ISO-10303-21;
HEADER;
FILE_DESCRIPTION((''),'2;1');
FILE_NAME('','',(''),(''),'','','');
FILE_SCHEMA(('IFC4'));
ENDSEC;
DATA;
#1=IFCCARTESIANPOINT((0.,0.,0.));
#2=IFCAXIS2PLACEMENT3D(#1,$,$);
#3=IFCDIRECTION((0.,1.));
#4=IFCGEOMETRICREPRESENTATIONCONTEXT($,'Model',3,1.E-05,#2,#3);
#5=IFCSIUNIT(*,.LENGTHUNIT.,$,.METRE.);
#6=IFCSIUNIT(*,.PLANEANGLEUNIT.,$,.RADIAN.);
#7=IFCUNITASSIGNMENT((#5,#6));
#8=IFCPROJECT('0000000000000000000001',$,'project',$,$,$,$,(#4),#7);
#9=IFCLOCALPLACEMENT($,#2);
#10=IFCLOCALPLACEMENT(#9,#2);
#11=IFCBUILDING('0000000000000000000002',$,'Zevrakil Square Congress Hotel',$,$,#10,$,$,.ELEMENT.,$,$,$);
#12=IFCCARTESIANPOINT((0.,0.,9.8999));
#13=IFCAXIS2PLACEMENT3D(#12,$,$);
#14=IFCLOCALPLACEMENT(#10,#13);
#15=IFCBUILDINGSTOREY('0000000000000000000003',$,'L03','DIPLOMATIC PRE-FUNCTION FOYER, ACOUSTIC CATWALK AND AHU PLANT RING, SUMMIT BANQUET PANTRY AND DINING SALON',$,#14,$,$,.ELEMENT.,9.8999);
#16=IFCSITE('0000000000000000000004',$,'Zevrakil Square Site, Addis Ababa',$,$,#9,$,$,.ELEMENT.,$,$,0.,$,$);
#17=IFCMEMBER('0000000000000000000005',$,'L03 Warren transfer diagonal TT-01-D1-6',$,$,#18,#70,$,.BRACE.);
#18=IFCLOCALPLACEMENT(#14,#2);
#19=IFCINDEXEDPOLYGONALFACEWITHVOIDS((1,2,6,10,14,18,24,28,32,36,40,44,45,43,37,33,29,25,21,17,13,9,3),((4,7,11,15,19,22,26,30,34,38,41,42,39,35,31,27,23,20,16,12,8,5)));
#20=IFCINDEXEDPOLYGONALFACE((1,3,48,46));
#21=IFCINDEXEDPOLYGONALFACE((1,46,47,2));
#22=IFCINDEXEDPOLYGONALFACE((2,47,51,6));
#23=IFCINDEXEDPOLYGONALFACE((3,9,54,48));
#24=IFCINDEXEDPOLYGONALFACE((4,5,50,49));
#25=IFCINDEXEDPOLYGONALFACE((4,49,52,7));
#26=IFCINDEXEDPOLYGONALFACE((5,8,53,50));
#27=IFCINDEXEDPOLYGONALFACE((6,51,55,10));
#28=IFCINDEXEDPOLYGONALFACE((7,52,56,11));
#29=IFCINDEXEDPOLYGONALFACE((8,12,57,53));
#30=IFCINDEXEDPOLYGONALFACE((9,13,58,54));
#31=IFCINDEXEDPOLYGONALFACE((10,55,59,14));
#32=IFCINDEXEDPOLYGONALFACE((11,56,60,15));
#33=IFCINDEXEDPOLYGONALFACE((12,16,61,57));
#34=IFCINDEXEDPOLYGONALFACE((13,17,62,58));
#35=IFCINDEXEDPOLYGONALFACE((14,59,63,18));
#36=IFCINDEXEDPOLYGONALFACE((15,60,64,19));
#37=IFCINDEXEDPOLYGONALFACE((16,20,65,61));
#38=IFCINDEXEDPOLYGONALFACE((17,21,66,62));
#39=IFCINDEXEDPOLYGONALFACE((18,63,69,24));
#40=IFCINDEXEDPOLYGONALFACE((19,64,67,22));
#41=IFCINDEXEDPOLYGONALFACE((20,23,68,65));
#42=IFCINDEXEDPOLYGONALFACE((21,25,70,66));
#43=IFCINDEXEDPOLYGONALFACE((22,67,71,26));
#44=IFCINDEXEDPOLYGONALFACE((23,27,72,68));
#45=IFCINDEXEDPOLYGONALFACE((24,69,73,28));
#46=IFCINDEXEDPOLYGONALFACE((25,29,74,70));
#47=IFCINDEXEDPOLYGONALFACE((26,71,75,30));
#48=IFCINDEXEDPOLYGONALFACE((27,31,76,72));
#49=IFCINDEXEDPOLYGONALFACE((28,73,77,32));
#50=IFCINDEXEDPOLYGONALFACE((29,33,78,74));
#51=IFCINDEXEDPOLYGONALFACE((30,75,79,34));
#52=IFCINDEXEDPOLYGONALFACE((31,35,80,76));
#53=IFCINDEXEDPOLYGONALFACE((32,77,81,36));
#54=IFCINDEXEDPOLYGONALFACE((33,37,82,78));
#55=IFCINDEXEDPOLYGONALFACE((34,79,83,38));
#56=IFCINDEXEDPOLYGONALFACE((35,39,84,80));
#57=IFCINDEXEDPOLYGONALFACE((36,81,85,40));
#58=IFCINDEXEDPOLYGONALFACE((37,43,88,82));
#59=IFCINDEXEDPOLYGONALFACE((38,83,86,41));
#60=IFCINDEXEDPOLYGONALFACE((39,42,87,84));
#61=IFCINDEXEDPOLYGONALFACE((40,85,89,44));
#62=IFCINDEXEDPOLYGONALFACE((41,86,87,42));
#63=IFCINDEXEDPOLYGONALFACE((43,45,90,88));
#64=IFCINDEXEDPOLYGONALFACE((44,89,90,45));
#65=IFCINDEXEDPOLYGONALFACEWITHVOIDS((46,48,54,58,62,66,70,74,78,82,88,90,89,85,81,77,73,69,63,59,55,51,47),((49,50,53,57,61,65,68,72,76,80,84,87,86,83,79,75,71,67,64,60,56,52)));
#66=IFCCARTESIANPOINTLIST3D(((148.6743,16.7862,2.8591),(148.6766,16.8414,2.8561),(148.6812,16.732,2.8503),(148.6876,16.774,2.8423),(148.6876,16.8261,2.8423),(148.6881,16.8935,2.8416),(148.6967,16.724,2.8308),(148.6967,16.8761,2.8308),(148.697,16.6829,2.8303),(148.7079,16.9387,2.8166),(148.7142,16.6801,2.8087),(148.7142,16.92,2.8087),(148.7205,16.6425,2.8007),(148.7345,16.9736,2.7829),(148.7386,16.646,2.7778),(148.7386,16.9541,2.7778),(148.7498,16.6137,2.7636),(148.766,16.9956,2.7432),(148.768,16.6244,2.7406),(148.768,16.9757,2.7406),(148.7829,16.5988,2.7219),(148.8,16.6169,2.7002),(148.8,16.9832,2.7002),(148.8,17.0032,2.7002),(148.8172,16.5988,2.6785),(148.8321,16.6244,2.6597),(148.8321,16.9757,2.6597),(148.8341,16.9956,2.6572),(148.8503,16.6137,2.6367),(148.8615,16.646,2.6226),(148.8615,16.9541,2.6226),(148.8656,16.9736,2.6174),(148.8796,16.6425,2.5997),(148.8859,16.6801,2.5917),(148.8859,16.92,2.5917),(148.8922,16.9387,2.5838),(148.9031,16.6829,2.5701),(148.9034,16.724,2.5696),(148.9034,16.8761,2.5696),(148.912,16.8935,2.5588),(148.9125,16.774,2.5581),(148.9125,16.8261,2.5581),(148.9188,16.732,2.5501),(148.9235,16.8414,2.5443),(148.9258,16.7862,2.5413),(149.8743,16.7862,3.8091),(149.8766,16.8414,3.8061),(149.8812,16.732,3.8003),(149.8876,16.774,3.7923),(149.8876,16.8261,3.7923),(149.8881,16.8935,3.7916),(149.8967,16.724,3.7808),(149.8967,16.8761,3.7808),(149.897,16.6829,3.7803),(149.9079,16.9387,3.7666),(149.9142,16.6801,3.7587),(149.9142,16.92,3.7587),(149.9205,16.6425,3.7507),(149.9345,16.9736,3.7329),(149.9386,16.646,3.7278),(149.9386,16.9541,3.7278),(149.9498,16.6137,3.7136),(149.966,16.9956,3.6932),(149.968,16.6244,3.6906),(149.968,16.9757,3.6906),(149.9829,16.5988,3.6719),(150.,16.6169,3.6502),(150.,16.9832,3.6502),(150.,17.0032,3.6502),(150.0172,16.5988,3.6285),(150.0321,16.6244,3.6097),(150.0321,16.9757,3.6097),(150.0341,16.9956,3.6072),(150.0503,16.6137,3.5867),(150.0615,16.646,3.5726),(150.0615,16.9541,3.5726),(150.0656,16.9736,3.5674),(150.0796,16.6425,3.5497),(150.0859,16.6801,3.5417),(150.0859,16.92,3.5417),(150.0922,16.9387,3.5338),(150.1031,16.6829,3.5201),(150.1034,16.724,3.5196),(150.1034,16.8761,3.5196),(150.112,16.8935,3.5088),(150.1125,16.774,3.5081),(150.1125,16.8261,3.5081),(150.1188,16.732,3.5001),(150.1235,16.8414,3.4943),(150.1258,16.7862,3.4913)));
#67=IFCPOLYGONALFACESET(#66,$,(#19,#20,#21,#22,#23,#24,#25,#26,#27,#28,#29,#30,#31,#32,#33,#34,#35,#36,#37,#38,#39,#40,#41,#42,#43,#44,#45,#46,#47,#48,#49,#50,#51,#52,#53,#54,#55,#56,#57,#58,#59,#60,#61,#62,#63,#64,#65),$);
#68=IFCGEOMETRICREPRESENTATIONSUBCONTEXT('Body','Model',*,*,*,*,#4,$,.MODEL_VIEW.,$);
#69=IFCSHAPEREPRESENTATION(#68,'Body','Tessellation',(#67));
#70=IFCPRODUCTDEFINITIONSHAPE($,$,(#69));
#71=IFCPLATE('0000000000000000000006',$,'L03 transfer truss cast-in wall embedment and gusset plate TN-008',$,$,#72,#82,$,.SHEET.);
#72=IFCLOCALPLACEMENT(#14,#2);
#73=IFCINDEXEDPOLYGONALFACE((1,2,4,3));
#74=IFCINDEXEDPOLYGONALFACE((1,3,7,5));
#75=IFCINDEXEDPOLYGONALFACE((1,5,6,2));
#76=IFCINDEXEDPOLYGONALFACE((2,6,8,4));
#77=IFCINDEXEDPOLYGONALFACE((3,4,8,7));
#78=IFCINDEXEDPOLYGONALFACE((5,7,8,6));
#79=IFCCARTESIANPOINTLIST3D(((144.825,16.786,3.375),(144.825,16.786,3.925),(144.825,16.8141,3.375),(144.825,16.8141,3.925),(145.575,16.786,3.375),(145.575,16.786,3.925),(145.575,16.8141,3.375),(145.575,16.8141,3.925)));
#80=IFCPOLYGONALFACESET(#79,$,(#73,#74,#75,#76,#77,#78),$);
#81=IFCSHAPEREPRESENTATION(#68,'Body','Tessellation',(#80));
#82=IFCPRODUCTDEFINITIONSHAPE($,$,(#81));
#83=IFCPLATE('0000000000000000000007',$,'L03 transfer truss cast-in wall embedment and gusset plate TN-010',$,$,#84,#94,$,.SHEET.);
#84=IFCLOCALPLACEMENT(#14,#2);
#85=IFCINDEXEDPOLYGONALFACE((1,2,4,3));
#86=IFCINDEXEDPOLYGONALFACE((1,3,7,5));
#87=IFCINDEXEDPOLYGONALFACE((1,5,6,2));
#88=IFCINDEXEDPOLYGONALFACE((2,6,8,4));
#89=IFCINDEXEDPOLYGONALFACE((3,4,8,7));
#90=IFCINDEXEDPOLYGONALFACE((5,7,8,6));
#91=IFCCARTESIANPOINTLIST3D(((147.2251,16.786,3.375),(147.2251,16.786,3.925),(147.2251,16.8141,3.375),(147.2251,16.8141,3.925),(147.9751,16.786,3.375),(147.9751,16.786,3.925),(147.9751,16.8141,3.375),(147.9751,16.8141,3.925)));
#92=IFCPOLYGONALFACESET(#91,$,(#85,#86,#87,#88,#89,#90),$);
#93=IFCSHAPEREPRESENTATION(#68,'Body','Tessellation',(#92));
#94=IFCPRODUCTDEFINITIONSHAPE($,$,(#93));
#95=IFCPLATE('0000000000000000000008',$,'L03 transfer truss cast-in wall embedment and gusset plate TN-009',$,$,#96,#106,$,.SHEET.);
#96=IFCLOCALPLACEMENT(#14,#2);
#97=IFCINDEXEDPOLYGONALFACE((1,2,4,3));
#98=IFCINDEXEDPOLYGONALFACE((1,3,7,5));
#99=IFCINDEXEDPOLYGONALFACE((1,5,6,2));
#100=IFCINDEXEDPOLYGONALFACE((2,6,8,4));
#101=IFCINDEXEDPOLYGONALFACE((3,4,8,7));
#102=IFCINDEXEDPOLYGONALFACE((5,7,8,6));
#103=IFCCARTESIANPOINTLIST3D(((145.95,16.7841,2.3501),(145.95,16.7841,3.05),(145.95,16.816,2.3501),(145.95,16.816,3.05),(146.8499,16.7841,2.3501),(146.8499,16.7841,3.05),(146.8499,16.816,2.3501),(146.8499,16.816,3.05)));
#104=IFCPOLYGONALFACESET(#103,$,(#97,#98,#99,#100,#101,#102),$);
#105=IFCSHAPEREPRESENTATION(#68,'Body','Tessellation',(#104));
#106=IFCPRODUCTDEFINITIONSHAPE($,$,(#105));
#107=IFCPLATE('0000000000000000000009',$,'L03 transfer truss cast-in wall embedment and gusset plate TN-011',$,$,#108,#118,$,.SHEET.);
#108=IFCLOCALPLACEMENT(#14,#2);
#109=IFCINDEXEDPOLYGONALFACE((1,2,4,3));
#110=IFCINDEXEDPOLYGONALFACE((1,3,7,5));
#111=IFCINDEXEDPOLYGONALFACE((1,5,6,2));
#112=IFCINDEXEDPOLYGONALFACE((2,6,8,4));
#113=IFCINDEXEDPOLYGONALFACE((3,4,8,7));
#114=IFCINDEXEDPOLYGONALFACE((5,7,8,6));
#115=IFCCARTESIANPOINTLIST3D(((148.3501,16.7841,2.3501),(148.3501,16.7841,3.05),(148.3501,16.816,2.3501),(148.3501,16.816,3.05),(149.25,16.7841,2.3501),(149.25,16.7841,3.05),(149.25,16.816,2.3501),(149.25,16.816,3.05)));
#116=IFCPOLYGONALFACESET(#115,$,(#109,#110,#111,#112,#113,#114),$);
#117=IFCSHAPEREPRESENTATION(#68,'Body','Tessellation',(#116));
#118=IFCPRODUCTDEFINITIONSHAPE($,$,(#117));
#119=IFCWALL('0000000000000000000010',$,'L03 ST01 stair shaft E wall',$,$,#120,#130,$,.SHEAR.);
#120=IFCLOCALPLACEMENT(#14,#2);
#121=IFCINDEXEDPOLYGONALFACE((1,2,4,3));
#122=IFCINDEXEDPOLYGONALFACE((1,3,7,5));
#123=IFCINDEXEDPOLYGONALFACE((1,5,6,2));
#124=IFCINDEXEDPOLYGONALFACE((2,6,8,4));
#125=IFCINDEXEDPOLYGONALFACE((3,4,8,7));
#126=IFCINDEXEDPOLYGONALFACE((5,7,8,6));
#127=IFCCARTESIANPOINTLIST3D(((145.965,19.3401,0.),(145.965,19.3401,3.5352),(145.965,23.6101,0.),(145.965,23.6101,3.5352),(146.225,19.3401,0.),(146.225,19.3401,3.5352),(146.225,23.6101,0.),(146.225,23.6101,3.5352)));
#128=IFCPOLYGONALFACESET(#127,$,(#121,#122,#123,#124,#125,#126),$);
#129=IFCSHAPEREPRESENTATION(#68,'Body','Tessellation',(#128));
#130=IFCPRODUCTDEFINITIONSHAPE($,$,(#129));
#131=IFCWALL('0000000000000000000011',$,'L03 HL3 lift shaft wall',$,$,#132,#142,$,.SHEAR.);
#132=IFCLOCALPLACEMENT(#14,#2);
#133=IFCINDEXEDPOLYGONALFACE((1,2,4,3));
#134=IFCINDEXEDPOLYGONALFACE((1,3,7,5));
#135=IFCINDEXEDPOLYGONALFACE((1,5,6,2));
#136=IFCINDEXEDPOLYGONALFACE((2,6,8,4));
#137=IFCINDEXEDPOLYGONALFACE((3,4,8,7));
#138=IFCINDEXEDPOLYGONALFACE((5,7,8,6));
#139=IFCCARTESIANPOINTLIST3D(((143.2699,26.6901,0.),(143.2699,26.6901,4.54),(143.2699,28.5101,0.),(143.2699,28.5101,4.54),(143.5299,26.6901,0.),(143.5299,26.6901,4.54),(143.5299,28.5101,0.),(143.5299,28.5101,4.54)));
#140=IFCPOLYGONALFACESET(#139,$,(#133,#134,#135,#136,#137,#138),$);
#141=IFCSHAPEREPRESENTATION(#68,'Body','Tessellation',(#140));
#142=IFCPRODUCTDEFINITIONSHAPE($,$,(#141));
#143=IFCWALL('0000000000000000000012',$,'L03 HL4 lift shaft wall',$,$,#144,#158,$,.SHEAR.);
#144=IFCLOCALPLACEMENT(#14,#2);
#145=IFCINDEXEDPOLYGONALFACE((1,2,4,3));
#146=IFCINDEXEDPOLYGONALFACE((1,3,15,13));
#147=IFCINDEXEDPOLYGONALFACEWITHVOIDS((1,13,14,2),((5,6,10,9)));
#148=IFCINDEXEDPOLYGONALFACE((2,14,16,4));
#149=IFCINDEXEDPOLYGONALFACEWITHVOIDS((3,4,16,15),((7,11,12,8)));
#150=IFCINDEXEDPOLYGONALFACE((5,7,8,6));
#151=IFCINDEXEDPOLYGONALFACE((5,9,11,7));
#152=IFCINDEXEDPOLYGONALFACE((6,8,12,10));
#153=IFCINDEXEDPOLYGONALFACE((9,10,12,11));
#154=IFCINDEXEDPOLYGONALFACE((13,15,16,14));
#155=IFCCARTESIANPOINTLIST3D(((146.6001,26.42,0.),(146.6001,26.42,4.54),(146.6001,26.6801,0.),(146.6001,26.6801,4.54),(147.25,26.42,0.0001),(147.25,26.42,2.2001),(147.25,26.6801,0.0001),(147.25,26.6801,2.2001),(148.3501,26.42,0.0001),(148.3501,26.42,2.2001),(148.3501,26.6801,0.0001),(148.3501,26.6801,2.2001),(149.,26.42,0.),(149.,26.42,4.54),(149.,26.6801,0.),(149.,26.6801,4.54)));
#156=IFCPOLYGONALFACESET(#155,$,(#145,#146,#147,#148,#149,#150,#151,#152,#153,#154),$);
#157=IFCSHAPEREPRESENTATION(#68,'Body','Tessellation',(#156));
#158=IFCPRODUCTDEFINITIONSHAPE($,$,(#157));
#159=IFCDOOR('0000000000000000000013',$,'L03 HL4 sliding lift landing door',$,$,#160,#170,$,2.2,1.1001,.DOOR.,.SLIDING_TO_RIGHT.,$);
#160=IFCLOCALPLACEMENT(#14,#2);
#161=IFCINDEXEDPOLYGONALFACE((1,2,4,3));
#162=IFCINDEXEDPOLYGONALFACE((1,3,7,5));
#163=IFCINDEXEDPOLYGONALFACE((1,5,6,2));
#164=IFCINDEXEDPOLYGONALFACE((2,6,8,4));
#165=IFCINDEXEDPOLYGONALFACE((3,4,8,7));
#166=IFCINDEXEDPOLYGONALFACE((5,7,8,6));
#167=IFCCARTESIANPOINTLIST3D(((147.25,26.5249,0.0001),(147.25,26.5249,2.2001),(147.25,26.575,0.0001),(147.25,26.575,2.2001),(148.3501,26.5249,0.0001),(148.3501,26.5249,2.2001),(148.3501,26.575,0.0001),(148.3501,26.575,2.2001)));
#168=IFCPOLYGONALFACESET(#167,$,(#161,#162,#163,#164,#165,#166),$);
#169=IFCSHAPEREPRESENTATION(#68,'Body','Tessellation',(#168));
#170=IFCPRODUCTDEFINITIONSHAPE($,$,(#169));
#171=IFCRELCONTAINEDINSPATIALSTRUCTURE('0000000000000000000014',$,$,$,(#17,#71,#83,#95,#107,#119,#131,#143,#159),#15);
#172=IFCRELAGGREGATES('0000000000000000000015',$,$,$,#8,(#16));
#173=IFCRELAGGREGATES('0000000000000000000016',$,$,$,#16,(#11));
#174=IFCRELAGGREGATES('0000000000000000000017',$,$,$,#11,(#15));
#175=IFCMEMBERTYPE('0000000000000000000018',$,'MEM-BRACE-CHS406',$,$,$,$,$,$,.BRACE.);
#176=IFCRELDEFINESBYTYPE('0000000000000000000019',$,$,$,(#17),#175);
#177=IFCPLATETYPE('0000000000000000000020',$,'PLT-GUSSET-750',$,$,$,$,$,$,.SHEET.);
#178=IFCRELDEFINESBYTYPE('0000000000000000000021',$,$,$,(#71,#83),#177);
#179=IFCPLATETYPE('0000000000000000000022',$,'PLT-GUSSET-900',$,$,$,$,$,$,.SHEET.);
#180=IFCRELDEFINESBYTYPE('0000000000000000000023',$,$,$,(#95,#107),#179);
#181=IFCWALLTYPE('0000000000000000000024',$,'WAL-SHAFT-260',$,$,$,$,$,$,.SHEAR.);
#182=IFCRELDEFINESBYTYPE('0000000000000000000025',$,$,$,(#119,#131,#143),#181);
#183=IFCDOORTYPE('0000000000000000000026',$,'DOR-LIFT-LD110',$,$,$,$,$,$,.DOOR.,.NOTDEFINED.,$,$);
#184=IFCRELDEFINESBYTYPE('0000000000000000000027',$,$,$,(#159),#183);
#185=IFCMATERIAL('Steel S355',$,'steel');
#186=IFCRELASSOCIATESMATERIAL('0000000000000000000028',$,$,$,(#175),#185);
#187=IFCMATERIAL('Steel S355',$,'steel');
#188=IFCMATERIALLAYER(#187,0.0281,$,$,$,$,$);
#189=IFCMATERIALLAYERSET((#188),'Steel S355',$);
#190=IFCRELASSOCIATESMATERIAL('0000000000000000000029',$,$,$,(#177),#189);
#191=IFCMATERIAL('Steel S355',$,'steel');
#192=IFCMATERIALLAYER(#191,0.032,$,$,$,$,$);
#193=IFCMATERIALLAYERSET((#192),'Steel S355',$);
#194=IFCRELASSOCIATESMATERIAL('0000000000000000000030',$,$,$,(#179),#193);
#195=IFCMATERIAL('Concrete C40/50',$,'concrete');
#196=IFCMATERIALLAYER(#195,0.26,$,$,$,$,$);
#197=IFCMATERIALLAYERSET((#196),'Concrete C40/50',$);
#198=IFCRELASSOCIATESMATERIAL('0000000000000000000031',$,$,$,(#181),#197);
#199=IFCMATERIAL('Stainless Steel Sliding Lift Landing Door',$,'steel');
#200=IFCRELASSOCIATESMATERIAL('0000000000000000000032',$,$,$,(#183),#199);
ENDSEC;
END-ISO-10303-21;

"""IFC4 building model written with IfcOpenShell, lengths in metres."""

from ifc_helpers import new_model, si_unit, direction, frame, frame_2d, origin, origin_2d, place, context, subcontext, project, spatial, rectangle, hollow_circle, extrude, material, layer, layer_set, material_profile, profile_set, type_object, element, fill, save


model = new_model("IFC4")

# Units and contexts
model_context = context("Model", 3, precision=1e-05, world=origin(), true_north=direction((0.0, 1.0)))
body_context = subcontext(model_context, "Body", "Model", "MODEL_VIEW")
ifc_project = project(units=[si_unit("LENGTHUNIT", "METRE"), si_unit("PLANEANGLEUNIT", "RADIAN")], contexts=[model_context])

# Site, building, storey
site_placement = place(None, origin())
site = spatial("IfcSite", under=ifc_project, at=site_placement, Name="Zevrakil Square Site, Addis Ababa", CompositionType="ELEMENT", RefElevation=0.0)
building_placement = place(site_placement, origin())
building = spatial("IfcBuilding", under=site, at=building_placement, Name="Zevrakil Square Congress Hotel", CompositionType="ELEMENT")
storey_placement = place(building_placement, frame((0.0, 0.0, 9.8999)))
storey = spatial("IfcBuildingStorey", under=building, at=storey_placement, Name="L03", Description="DIPLOMATIC PRE-FUNCTION FOYER, ACOUSTIC CATWALK AND AHU PLANT RING, SUMMIT BANQUET PANTRY AND DINING SALON", CompositionType="ELEMENT", Elevation=9.8999)

# Member
ifc_material_1 = material(Name="Steel S355", Category="steel")
ifc_material_profile_1 = material_profile(ifc_material_1, hollow_circle(Radius=0.2031, WallThickness=0.02, at=origin_2d()), Name="CHS 406.4x20")
ifc_profile_set_1 = profile_set([ifc_material_profile_1], Name="Steel S355")
member_type = type_object("IfcMemberType", Name="MEM-BRACE-CHS406", PredefinedType="BRACE", material=ifc_profile_set_1)
for number, where, z_axis, x_axis, name in (
    (1, (148.8, 16.8, 2.7002), (0.784049, 0.0, 0.620699), (0.0, 1.0, 0.0), "L03 Warren transfer diagonal TT-01-D1-6"),
):
    element("IfcMember", number, at=place(storey_placement, frame(where, z_axis=z_axis, x_axis=x_axis)), inside=storey, type_object=member_type, Name=name, PredefinedType="BRACE", context=body_context, shape_type="SweptSolid", body=[
        extrude(hollow_circle(Radius=0.2031, WallThickness=0.02, at=origin_2d()), origin(), (0.0, 0.0, 1.0), 1.5305),
    ])

# Plates
ifc_material_2 = material(Name="Steel S355", Category="steel")
ifc_layer_1 = layer(ifc_material_2, 0.0281)
ifc_layer_set_1 = layer_set([ifc_layer_1], Name="Steel S355")
plate_type_1 = type_object("IfcPlateType", Name="PLT-GUSSET-750", PredefinedType="SHEET", material=ifc_layer_set_1)
for number, where, z_axis, x_axis, name in (
    (2, (145.2, 16.8, 3.375), (0.0, 0.0, 1.0), (1.0, 0.0, 0.0), "L03 transfer truss cast-in wall embedment and gusset plate TN-008"),
    (3, (147.6001, 16.8, 3.375), (0.0, 0.0, 1.0), (1.0, 0.0, 0.0), "L03 transfer truss cast-in wall embedment and gusset plate TN-010"),
):
    element("IfcPlate", number, at=place(storey_placement, frame(where, z_axis=z_axis, x_axis=x_axis)), inside=storey, type_object=plate_type_1, Name=name, PredefinedType="SHEET", context=body_context, shape_type="SweptSolid", body=[
        extrude(rectangle(XDim=0.75, YDim=0.0281, at=origin_2d()), origin(), (0.0, 0.0, 1.0), 0.55),
    ])
ifc_material_3 = material(Name="Steel S355", Category="steel")
ifc_layer_2 = layer(ifc_material_3, 0.032)
ifc_layer_set_2 = layer_set([ifc_layer_2], Name="Steel S355")
plate_type_2 = type_object("IfcPlateType", Name="PLT-GUSSET-900", PredefinedType="SHEET", material=ifc_layer_set_2)
for number, where, z_axis, x_axis, name in (
    (4, (146.3999, 16.8, 2.3501), (0.0, 0.0, 1.0), (1.0, 0.0, 0.0), "L03 transfer truss cast-in wall embedment and gusset plate TN-009"),
    (5, (148.8, 16.8, 2.3501), (0.0, 0.0, 1.0), (1.0, 0.0, 0.0), "L03 transfer truss cast-in wall embedment and gusset plate TN-011"),
):
    element("IfcPlate", number, at=place(storey_placement, frame(where, z_axis=z_axis, x_axis=x_axis)), inside=storey, type_object=plate_type_2, Name=name, PredefinedType="SHEET", context=body_context, shape_type="SweptSolid", body=[
        extrude(rectangle(XDim=0.8999, YDim=0.032, at=origin_2d()), origin(), (0.0, 0.0, 1.0), 0.7),
    ])

# Walls
ifc_material_4 = material(Name="Concrete C40/50", Category="concrete")
ifc_layer_3 = layer(ifc_material_4, 0.26)
ifc_layer_set_3 = layer_set([ifc_layer_3], Name="Concrete C40/50")
wall_type = type_object("IfcWallType", Name="WAL-SHAFT-260", PredefinedType="SHEAR", material=ifc_layer_set_3)
wall_1_placement = place(storey_placement, frame((146.095, 19.3401, 0.0), z_axis=(0.0, 0.0, 1.0), x_axis=(0.0, 1.0, 0.0)))
element("IfcWall", 6, at=wall_1_placement, inside=storey, type_object=wall_type, Name="L03 ST01 stair shaft E wall", PredefinedType="SHEAR", context=body_context, shape_type="SweptSolid", body=[
    extrude(rectangle(XDim=4.27, YDim=0.26, at=frame_2d((2.135, 0.0))), origin(), (0.0, 0.0, 1.0), 3.5352),
])
wall_2_placement = place(storey_placement, frame((143.3999, 26.6899, 0.0), z_axis=(0.0, 0.0, 1.0), x_axis=(0.0, 1.0, 0.0)))
element("IfcWall", 7, at=wall_2_placement, inside=storey, type_object=wall_type, Name="L03 HL3 lift shaft wall", PredefinedType="SHEAR", context=body_context, shape_type="SweptSolid", body=[
    extrude(rectangle(XDim=1.8201, YDim=0.26, at=frame_2d((0.9102, 0.0))), origin(), (0.0, 0.0, 1.0), 4.54),
])

# Wall, opening, door
wall_3_placement = place(storey_placement, frame((146.6001, 26.55, 0.0), z_axis=(0.0, 0.0, 1.0), x_axis=(1.0, 0.0, 0.0)))
wall_3 = element("IfcWall", 8, at=wall_3_placement, inside=storey, type_object=wall_type, Name="L03 HL4 lift shaft wall", PredefinedType="SHEAR", context=body_context, shape_type="SweptSolid", body=[
    extrude(rectangle(XDim=2.3999, YDim=0.26, at=frame_2d((1.2, 0.0))), origin(), (0.0, 0.0, 1.0), 4.54),
])
opening_1_placement = place(wall_3_placement, frame((0.6499, 0.0, 0.0)))
opening_1 = element("IfcOpeningElement", 9, at=opening_1_placement, cuts=wall_3, PredefinedType="OPENING", context=body_context, shape_type="SweptSolid", body=[
    extrude(rectangle(XDim=1.1001, YDim=2.2, at=frame_2d((0.55, 1.1001))), frame((0.0, 0.1401, 0.0), z_axis=(0.0, -1.0, 0.0), x_axis=(1.0, 0.0, 0.0)), (0.0, 0.0, 1.0), 0.28),
])
ifc_material_5 = material(Name="Stainless Steel Sliding Lift Landing Door", Category="steel")
door_type_1 = type_object("IfcDoorType", Name="DOR-LIFT-LD110", OperationType="NOTDEFINED", PredefinedType="DOOR", material=ifc_material_5)
door_1_placement = place(opening_1_placement, origin())
door_1 = element("IfcDoor", 10, at=door_1_placement, inside=storey, type_object=door_type_1, Name="L03 HL4 sliding lift landing door", OperationType="SLIDING_TO_RIGHT", OverallHeight=2.2, OverallWidth=1.1001, PredefinedType="DOOR", context=body_context, shape_type="SweptSolid", body=[
    extrude(rectangle(XDim=1.1001, YDim=2.2, at=frame_2d((0.55, 1.1001))), frame((0.0, 0.0249, 0.0), z_axis=(0.0, -1.0, 0.0), x_axis=(1.0, 0.0, 0.0)), (0.0, 0.0, 1.0), 0.05),
])
fill(opening_1, door_1)

save(model, "model.ifc")
